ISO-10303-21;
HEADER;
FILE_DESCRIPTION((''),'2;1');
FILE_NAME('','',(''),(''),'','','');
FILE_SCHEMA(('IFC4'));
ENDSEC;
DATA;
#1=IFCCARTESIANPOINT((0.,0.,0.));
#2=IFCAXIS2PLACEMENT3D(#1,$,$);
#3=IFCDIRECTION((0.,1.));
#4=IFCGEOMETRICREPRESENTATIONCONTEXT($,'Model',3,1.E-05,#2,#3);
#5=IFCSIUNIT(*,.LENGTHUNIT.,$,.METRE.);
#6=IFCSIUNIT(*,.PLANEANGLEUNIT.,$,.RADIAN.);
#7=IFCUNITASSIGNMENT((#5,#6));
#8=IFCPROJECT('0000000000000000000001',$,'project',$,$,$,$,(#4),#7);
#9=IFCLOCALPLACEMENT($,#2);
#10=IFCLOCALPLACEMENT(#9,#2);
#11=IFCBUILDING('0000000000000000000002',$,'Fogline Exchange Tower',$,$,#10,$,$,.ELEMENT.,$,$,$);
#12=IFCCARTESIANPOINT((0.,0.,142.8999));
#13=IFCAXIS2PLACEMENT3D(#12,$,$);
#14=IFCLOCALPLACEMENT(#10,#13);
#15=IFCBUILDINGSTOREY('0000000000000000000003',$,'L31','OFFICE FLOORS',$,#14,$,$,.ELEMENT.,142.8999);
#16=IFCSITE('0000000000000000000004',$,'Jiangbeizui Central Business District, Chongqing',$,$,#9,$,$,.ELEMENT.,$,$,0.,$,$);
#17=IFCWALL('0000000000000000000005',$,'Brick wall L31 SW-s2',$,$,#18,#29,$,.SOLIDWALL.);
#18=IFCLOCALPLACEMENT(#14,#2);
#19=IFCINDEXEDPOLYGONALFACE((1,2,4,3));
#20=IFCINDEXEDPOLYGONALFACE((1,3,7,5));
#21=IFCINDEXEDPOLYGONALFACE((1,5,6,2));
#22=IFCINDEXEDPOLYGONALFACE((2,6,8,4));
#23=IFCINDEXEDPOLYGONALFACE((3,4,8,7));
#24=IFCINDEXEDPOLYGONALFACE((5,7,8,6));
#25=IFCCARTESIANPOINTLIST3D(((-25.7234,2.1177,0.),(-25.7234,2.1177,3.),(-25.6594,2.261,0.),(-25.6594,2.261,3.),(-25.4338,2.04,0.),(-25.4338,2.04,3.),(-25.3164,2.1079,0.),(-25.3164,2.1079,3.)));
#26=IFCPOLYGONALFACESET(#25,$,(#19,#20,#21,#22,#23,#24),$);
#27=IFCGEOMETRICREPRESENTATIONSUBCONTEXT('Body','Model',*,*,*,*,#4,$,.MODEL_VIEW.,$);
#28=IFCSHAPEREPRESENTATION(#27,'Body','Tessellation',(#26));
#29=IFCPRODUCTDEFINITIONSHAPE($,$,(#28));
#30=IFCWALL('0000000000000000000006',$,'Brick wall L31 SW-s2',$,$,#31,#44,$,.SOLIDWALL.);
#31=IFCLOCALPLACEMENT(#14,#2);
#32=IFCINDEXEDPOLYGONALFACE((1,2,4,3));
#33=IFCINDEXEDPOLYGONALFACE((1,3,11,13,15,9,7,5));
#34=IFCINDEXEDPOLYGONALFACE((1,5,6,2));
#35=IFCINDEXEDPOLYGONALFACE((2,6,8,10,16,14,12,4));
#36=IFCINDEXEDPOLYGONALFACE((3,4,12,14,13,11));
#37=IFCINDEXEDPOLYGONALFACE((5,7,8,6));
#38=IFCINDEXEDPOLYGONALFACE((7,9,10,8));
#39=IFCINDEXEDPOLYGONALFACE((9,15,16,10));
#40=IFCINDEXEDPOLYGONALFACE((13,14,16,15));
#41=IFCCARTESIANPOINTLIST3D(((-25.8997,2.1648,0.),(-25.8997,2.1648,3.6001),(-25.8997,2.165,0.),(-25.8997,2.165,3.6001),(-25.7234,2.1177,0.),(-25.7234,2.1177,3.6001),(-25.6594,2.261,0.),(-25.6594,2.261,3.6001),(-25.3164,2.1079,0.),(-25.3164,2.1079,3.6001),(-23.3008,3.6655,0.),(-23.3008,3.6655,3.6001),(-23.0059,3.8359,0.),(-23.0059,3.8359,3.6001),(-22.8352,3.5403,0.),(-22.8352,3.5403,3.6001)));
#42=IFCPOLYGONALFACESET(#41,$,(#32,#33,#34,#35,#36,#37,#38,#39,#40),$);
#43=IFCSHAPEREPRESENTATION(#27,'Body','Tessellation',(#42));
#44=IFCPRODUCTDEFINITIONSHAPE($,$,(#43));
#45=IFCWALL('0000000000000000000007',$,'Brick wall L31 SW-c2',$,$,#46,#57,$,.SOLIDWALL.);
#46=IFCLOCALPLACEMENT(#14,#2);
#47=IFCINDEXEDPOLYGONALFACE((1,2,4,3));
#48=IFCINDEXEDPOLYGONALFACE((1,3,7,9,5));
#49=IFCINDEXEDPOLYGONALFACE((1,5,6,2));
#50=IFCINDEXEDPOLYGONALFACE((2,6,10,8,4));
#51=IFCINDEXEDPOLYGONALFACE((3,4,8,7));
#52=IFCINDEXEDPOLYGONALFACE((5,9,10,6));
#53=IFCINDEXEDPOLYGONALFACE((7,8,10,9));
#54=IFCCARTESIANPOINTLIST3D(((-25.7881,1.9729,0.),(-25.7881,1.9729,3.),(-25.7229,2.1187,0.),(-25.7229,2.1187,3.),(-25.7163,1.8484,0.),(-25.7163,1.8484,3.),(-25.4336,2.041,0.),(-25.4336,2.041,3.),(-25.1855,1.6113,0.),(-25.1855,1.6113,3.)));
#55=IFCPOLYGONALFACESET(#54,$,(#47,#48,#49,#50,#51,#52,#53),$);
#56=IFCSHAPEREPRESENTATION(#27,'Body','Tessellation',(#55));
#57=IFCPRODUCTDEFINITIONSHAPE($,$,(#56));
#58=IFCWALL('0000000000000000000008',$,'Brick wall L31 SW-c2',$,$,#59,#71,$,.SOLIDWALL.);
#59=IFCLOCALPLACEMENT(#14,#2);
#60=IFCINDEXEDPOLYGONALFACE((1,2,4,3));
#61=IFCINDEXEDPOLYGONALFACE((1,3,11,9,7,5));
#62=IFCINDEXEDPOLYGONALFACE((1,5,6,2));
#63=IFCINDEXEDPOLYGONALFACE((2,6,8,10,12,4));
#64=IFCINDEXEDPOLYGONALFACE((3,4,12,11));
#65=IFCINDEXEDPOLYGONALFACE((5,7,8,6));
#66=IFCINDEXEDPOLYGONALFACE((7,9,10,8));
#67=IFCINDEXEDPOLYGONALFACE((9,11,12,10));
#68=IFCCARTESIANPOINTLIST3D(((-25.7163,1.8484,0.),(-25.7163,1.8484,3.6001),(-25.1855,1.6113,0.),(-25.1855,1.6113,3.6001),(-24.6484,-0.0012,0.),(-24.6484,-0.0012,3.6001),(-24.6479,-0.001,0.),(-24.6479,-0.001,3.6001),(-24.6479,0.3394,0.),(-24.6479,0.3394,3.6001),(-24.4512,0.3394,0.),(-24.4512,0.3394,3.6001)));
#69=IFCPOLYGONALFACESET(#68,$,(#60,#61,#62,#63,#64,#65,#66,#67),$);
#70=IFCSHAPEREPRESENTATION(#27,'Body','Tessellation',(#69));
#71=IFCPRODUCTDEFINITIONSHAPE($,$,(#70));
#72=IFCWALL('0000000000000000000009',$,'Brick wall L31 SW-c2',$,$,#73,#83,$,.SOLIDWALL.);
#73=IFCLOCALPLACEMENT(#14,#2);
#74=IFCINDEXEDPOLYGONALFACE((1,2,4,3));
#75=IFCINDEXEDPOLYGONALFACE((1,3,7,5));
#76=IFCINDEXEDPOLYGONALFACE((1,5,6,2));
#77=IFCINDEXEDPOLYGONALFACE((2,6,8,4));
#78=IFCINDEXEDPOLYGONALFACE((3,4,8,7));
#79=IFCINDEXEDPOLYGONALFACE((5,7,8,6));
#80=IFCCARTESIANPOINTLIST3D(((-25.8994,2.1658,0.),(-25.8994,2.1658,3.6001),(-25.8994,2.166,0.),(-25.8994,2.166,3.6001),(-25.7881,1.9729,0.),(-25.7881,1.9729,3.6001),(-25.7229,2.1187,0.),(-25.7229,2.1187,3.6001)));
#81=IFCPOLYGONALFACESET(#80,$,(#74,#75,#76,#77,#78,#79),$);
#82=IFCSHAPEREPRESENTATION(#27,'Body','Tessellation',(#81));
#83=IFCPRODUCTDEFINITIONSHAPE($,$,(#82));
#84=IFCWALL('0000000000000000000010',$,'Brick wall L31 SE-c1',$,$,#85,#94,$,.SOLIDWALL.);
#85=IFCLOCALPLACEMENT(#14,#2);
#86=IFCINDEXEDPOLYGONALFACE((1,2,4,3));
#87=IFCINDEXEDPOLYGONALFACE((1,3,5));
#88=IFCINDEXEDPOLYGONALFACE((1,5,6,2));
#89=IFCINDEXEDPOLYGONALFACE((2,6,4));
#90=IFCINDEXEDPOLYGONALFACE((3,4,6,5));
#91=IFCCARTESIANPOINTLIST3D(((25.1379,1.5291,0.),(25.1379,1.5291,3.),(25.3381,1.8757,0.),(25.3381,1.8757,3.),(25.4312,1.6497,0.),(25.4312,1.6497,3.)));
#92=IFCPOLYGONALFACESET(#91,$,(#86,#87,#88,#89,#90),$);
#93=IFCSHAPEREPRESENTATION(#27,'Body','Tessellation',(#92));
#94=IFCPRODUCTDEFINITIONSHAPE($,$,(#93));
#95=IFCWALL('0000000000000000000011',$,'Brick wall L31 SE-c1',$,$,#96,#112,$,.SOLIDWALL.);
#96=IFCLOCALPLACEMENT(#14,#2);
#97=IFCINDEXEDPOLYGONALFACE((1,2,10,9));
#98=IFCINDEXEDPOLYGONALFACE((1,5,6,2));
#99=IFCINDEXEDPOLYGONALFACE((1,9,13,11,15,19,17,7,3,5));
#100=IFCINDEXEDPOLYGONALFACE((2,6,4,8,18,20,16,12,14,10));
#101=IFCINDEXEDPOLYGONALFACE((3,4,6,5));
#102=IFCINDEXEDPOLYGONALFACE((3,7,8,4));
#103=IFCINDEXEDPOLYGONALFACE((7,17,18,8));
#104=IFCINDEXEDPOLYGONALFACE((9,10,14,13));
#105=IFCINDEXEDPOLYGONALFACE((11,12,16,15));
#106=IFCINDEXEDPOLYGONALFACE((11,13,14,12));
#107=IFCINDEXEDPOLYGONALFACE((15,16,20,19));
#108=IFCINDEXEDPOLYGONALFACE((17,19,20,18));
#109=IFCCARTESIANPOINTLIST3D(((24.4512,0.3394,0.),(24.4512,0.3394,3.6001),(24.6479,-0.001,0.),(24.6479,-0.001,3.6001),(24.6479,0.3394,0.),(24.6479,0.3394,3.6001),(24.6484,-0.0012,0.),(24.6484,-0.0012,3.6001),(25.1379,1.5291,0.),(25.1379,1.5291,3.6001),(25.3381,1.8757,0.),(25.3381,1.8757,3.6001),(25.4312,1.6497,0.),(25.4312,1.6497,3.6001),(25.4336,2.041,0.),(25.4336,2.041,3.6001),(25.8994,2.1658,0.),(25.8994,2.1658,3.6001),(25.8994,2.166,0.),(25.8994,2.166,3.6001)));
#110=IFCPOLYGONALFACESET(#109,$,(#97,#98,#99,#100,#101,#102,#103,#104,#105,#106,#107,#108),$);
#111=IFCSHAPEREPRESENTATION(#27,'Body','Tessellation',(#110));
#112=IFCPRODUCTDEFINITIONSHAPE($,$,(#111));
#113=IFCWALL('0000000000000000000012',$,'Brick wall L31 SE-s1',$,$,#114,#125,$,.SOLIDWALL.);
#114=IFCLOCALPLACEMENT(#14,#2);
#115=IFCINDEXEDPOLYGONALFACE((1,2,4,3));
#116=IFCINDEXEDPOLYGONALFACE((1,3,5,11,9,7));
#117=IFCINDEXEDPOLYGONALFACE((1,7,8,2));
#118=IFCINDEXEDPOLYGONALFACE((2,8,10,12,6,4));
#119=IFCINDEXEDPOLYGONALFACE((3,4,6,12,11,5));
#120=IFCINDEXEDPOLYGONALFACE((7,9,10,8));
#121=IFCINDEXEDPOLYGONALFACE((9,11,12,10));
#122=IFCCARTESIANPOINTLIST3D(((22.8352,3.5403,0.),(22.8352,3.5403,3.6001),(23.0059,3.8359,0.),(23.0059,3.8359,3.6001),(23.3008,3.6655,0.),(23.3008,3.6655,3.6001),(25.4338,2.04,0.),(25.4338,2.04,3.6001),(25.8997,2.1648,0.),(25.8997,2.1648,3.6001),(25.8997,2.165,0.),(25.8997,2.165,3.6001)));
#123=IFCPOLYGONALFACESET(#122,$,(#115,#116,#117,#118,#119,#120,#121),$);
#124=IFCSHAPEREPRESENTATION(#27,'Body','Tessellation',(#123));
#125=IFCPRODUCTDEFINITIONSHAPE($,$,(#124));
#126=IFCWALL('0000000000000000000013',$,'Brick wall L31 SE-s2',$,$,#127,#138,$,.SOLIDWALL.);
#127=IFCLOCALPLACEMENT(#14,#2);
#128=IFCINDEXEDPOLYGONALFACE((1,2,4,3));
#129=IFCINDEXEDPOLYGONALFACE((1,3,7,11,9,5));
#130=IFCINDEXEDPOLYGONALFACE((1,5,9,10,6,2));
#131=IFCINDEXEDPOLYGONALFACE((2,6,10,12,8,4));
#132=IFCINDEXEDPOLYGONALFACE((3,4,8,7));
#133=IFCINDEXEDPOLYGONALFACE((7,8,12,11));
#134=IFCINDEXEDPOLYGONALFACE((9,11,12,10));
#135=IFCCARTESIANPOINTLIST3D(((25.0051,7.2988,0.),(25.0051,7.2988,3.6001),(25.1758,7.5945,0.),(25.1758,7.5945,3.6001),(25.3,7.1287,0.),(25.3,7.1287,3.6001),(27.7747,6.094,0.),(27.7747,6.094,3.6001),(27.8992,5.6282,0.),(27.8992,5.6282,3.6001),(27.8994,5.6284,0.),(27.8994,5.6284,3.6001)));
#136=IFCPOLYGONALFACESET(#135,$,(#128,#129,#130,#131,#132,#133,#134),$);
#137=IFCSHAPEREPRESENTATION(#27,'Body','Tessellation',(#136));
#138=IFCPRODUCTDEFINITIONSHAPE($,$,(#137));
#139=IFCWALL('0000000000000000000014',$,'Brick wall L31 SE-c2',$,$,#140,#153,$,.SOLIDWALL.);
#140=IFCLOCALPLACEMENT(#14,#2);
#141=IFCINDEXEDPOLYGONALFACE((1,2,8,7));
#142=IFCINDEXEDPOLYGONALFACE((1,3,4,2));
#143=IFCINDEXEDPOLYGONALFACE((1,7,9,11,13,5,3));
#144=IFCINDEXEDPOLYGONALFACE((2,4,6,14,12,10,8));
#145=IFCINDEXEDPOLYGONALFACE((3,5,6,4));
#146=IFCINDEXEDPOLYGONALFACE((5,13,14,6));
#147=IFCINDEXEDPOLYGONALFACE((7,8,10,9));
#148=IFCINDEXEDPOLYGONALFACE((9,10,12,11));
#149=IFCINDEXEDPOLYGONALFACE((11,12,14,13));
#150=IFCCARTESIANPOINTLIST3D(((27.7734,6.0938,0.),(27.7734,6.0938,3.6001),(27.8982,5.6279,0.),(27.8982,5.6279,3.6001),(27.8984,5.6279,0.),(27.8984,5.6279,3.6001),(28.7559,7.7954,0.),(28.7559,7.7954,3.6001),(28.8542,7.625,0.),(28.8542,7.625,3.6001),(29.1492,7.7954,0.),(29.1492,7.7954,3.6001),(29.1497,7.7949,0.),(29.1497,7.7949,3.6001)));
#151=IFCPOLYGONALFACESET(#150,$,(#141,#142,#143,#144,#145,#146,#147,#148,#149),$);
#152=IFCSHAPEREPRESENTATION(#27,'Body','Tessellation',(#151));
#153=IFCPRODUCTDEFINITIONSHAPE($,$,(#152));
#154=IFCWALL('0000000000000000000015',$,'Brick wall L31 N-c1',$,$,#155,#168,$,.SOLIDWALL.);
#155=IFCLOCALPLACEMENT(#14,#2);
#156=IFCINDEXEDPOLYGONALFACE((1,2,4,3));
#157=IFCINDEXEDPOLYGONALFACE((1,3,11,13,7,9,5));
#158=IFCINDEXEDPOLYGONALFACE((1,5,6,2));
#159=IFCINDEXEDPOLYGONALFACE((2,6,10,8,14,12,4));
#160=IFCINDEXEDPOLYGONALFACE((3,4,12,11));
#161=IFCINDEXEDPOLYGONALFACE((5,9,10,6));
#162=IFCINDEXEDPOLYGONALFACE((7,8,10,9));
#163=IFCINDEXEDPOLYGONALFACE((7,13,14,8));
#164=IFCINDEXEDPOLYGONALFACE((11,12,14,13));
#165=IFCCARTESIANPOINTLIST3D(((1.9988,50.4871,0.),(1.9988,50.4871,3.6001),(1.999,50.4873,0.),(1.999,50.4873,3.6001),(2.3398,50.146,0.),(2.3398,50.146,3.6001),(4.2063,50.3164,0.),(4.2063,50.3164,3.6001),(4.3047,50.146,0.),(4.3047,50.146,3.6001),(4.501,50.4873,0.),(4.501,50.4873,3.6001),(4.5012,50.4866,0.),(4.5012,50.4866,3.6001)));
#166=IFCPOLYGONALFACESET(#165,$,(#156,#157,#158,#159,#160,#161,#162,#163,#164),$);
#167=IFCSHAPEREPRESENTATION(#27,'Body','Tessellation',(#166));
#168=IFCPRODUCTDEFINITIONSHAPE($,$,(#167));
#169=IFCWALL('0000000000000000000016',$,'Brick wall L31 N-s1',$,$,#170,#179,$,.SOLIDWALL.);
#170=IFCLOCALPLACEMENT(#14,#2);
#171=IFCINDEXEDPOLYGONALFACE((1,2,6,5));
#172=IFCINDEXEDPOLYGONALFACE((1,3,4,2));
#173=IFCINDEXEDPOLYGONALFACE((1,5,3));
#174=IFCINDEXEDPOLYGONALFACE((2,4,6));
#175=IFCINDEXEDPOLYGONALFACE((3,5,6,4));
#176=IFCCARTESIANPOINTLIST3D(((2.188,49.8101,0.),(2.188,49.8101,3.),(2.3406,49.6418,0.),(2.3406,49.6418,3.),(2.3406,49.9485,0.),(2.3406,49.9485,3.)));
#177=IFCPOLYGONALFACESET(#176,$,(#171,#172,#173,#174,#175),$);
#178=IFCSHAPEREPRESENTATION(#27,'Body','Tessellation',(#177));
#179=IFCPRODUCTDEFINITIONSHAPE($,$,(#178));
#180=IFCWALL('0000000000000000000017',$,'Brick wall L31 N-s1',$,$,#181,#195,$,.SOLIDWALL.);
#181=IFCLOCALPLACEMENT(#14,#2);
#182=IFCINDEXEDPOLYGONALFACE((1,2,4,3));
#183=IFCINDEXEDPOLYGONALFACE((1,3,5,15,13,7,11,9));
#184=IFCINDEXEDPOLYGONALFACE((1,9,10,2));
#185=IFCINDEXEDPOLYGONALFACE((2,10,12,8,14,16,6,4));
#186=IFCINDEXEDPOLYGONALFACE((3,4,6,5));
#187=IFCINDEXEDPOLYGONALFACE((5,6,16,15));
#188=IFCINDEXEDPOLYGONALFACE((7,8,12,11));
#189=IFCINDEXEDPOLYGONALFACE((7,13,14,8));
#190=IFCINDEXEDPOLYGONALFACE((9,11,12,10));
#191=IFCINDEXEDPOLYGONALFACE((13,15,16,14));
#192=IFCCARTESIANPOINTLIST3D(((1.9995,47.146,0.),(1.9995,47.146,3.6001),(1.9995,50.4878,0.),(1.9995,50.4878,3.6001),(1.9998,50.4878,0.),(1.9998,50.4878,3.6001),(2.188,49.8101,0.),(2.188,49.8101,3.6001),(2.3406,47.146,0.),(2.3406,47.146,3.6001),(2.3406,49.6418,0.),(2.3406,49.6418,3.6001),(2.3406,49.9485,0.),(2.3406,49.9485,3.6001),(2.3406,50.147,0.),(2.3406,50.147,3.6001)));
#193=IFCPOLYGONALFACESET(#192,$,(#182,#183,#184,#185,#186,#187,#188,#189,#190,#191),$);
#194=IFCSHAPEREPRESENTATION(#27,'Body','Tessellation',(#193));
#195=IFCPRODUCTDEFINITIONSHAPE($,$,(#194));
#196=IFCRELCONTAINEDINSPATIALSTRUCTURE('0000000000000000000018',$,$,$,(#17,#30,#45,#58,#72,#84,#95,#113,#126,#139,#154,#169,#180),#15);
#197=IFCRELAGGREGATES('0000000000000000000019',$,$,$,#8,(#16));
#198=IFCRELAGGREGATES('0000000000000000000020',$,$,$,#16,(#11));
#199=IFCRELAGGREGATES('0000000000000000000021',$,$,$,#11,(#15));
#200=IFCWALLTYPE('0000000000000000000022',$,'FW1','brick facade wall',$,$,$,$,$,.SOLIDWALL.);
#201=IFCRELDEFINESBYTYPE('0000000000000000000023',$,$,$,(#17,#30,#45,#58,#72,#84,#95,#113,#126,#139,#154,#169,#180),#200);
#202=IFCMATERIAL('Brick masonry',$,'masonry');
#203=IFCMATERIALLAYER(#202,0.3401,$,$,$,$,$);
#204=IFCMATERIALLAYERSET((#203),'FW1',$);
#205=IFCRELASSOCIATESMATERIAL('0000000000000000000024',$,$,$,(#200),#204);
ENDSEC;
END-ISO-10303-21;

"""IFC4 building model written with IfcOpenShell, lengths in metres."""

from ifc_helpers import new_model, si_unit, direction, frame, origin, place, context, subcontext, project, spatial, polyline, outline, extrude, material, layer, layer_set, type_object, element, save


model = new_model("IFC4")

# Units and contexts
model_context = context("Model", 3, precision=1e-05, world=origin(), true_north=direction((0.0, 1.0)))
body_context = subcontext(model_context, "Body", "Model", "MODEL_VIEW")
ifc_project = project(units=[si_unit("LENGTHUNIT", "METRE"), si_unit("PLANEANGLEUNIT", "RADIAN")], contexts=[model_context])

# Site, building, storey
site_placement = place(None, origin())
site = spatial("IfcSite", under=ifc_project, at=site_placement, Name="Jiangbeizui Central Business District, Chongqing", CompositionType="ELEMENT", RefElevation=0.0)
building_placement = place(site_placement, origin())
building = spatial("IfcBuilding", under=site, at=building_placement, Name="Fogline Exchange Tower", CompositionType="ELEMENT")
storey_placement = place(building_placement, frame((0.0, 0.0, 142.8999)))
storey = spatial("IfcBuildingStorey", under=building, at=storey_placement, Name="L31", Description="OFFICE FLOORS", CompositionType="ELEMENT", Elevation=142.8999)

# Walls
ifc_material = material(Name="Brick masonry", Category="masonry")
ifc_layer = layer(ifc_material, 0.3401)
ifc_layer_set = layer_set([ifc_layer], Name="FW1")
wall_type = type_object("IfcWallType", Name="FW1", Description="brick facade wall", PredefinedType="SOLIDWALL", material=ifc_layer_set)
wall_1_placement = place(storey_placement, origin())
element("IfcWall", 1, at=wall_1_placement, inside=storey, type_object=wall_type, Name="Brick wall L31 SW-s2", PredefinedType="SOLIDWALL", context=body_context, shape_type="SweptSolid", body=[
    extrude(outline(polyline([(-25.4338, 2.04), (-25.7234, 2.1177), (-25.6594, 2.261), (-25.3164, 2.1079), (-25.4338, 2.04)])), origin(), (0.0, 0.0, 1.0), 3.0),
])
wall_2_placement = place(storey_placement, origin())
element("IfcWall", 2, at=wall_2_placement, inside=storey, type_object=wall_type, Name="Brick wall L31 SW-s2", PredefinedType="SOLIDWALL", context=body_context, shape_type="SweptSolid", body=[
    extrude(outline(polyline([(-23.3008, 3.6655), (-23.0059, 3.8359), (-22.8352, 3.5403), (-25.3164, 2.1079), (-25.6594, 2.261), (-25.7234, 2.1177), (-25.8997, 2.1648), (-25.8997, 2.165), (-23.3008, 3.6655)])), origin(), (0.0, 0.0, 1.0), 3.6001),
])
wall_3_placement = place(storey_placement, origin())
element("IfcWall", 3, at=wall_3_placement, inside=storey, type_object=wall_type, Name="Brick wall L31 SW-c2", PredefinedType="SOLIDWALL", context=body_context, shape_type="SweptSolid", body=[
    extrude(outline(polyline([(-25.7881, 1.9729), (-25.7229, 2.1187), (-25.4336, 2.041), (-25.1855, 1.6113), (-25.7163, 1.8484), (-25.7881, 1.9729)])), origin(), (0.0, 0.0, 1.0), 3.0),
])
wall_4_placement = place(storey_placement, origin())
element("IfcWall", 4, at=wall_4_placement, inside=storey, type_object=wall_type, Name="Brick wall L31 SW-c2", PredefinedType="SOLIDWALL", context=body_context, shape_type="SweptSolid", body=[
    extrude(outline(polyline([(-24.6479, 0.3394), (-24.6479, -0.001), (-24.6484, -0.0012), (-25.7163, 1.8484), (-25.1855, 1.6113), (-24.4512, 0.3394), (-24.6479, 0.3394)])), origin(), (0.0, 0.0, 1.0), 3.6001),
])
wall_5_placement = place(storey_placement, origin())
element("IfcWall", 5, at=wall_5_placement, inside=storey, type_object=wall_type, Name="Brick wall L31 SW-c2", PredefinedType="SOLIDWALL", context=body_context, shape_type="SweptSolid", body=[
    extrude(outline(polyline([(-25.8994, 2.1658), (-25.8994, 2.166), (-25.7229, 2.1187), (-25.7881, 1.9729), (-25.8994, 2.1658)])), origin(), (0.0, 0.0, 1.0), 3.6001),
])
wall_6_placement = place(storey_placement, origin())
element("IfcWall", 6, at=wall_6_placement, inside=storey, type_object=wall_type, Name="Brick wall L31 SE-c1", PredefinedType="SOLIDWALL", context=body_context, shape_type="SweptSolid", body=[
    extrude(outline(polyline([(25.3381, 1.8757), (25.4312, 1.6497), (25.1379, 1.5291), (25.3381, 1.8757)])), origin(), (0.0, 0.0, 1.0), 3.0),
])
wall_7_placement = place(storey_placement, origin())
element("IfcWall", 7, at=wall_7_placement, inside=storey, type_object=wall_type, Name="Brick wall L31 SE-c1", PredefinedType="SOLIDWALL", context=body_context, shape_type="SweptSolid", body=[
    extrude(outline(polyline([(24.6484, -0.0012), (24.6479, -0.001), (24.6479, 0.3394), (24.4512, 0.3394), (25.1379, 1.5291), (25.4312, 1.6497), (25.3381, 1.8757), (25.4336, 2.041), (25.8994, 2.166), (25.8994, 2.1658), (24.6484, -0.0012)])), origin(), (0.0, 0.0, 1.0), 3.6001),
])
wall_8_placement = place(storey_placement, origin())
element("IfcWall", 8, at=wall_8_placement, inside=storey, type_object=wall_type, Name="Brick wall L31 SE-s1", PredefinedType="SOLIDWALL", context=body_context, shape_type="SweptSolid", body=[
    extrude(outline(polyline([(22.8352, 3.5403), (23.0059, 3.8359), (23.3008, 3.6655), (25.8997, 2.165), (25.8997, 2.1648), (25.4338, 2.04), (22.8352, 3.5403)])), origin(), (0.0, 0.0, 1.0), 3.6001),
])
wall_9_placement = place(storey_placement, origin())
element("IfcWall", 9, at=wall_9_placement, inside=storey, type_object=wall_type, Name="Brick wall L31 SE-s2", PredefinedType="SOLIDWALL", context=body_context, shape_type="SweptSolid", body=[
    extrude(outline(polyline([(27.8992, 5.6282), (25.3, 7.1287), (25.0051, 7.2988), (25.1758, 7.5945), (27.7747, 6.094), (27.8994, 5.6284), (27.8992, 5.6282)])), origin(), (0.0, 0.0, 1.0), 3.6001),
])
wall_10_placement = place(storey_placement, origin())
element("IfcWall", 10, at=wall_10_placement, inside=storey, type_object=wall_type, Name="Brick wall L31 SE-c2", PredefinedType="SOLIDWALL", context=body_context, shape_type="SweptSolid", body=[
    extrude(outline(polyline([(28.7559, 7.7954), (28.8542, 7.625), (29.1492, 7.7954), (29.1497, 7.7949), (27.8984, 5.6279), (27.8982, 5.6279), (27.7734, 6.0938), (28.7559, 7.7954)])), origin(), (0.0, 0.0, 1.0), 3.6001),
])
wall_11_placement = place(storey_placement, origin())
element("IfcWall", 11, at=wall_11_placement, inside=storey, type_object=wall_type, Name="Brick wall L31 N-c1", PredefinedType="SOLIDWALL", context=body_context, shape_type="SweptSolid", body=[
    extrude(outline(polyline([(1.999, 50.4873), (4.501, 50.4873), (4.5012, 50.4866), (4.2063, 50.3164), (4.3047, 50.146), (2.3398, 50.146), (1.9988, 50.4871), (1.999, 50.4873)])), origin(), (0.0, 0.0, 1.0), 3.6001),
])
wall_12_placement = place(storey_placement, origin())
element("IfcWall", 12, at=wall_12_placement, inside=storey, type_object=wall_type, Name="Brick wall L31 N-s1", PredefinedType="SOLIDWALL", context=body_context, shape_type="SweptSolid", body=[
    extrude(outline(polyline([(2.3406, 49.6418), (2.188, 49.8101), (2.3406, 49.9485), (2.3406, 49.6418)])), origin(), (0.0, 0.0, 1.0), 3.0),
])
wall_13_placement = place(storey_placement, origin())
element("IfcWall", 13, at=wall_13_placement, inside=storey, type_object=wall_type, Name="Brick wall L31 N-s1", PredefinedType="SOLIDWALL", context=body_context, shape_type="SweptSolid", body=[
    extrude(outline(polyline([(1.9995, 47.146), (1.9995, 50.4878), (1.9998, 50.4878), (2.3406, 50.147), (2.3406, 49.9485), (2.188, 49.8101), (2.3406, 49.6418), (2.3406, 47.146), (1.9995, 47.146)])), origin(), (0.0, 0.0, 1.0), 3.6001),
])

save(model, "model.ifc")
